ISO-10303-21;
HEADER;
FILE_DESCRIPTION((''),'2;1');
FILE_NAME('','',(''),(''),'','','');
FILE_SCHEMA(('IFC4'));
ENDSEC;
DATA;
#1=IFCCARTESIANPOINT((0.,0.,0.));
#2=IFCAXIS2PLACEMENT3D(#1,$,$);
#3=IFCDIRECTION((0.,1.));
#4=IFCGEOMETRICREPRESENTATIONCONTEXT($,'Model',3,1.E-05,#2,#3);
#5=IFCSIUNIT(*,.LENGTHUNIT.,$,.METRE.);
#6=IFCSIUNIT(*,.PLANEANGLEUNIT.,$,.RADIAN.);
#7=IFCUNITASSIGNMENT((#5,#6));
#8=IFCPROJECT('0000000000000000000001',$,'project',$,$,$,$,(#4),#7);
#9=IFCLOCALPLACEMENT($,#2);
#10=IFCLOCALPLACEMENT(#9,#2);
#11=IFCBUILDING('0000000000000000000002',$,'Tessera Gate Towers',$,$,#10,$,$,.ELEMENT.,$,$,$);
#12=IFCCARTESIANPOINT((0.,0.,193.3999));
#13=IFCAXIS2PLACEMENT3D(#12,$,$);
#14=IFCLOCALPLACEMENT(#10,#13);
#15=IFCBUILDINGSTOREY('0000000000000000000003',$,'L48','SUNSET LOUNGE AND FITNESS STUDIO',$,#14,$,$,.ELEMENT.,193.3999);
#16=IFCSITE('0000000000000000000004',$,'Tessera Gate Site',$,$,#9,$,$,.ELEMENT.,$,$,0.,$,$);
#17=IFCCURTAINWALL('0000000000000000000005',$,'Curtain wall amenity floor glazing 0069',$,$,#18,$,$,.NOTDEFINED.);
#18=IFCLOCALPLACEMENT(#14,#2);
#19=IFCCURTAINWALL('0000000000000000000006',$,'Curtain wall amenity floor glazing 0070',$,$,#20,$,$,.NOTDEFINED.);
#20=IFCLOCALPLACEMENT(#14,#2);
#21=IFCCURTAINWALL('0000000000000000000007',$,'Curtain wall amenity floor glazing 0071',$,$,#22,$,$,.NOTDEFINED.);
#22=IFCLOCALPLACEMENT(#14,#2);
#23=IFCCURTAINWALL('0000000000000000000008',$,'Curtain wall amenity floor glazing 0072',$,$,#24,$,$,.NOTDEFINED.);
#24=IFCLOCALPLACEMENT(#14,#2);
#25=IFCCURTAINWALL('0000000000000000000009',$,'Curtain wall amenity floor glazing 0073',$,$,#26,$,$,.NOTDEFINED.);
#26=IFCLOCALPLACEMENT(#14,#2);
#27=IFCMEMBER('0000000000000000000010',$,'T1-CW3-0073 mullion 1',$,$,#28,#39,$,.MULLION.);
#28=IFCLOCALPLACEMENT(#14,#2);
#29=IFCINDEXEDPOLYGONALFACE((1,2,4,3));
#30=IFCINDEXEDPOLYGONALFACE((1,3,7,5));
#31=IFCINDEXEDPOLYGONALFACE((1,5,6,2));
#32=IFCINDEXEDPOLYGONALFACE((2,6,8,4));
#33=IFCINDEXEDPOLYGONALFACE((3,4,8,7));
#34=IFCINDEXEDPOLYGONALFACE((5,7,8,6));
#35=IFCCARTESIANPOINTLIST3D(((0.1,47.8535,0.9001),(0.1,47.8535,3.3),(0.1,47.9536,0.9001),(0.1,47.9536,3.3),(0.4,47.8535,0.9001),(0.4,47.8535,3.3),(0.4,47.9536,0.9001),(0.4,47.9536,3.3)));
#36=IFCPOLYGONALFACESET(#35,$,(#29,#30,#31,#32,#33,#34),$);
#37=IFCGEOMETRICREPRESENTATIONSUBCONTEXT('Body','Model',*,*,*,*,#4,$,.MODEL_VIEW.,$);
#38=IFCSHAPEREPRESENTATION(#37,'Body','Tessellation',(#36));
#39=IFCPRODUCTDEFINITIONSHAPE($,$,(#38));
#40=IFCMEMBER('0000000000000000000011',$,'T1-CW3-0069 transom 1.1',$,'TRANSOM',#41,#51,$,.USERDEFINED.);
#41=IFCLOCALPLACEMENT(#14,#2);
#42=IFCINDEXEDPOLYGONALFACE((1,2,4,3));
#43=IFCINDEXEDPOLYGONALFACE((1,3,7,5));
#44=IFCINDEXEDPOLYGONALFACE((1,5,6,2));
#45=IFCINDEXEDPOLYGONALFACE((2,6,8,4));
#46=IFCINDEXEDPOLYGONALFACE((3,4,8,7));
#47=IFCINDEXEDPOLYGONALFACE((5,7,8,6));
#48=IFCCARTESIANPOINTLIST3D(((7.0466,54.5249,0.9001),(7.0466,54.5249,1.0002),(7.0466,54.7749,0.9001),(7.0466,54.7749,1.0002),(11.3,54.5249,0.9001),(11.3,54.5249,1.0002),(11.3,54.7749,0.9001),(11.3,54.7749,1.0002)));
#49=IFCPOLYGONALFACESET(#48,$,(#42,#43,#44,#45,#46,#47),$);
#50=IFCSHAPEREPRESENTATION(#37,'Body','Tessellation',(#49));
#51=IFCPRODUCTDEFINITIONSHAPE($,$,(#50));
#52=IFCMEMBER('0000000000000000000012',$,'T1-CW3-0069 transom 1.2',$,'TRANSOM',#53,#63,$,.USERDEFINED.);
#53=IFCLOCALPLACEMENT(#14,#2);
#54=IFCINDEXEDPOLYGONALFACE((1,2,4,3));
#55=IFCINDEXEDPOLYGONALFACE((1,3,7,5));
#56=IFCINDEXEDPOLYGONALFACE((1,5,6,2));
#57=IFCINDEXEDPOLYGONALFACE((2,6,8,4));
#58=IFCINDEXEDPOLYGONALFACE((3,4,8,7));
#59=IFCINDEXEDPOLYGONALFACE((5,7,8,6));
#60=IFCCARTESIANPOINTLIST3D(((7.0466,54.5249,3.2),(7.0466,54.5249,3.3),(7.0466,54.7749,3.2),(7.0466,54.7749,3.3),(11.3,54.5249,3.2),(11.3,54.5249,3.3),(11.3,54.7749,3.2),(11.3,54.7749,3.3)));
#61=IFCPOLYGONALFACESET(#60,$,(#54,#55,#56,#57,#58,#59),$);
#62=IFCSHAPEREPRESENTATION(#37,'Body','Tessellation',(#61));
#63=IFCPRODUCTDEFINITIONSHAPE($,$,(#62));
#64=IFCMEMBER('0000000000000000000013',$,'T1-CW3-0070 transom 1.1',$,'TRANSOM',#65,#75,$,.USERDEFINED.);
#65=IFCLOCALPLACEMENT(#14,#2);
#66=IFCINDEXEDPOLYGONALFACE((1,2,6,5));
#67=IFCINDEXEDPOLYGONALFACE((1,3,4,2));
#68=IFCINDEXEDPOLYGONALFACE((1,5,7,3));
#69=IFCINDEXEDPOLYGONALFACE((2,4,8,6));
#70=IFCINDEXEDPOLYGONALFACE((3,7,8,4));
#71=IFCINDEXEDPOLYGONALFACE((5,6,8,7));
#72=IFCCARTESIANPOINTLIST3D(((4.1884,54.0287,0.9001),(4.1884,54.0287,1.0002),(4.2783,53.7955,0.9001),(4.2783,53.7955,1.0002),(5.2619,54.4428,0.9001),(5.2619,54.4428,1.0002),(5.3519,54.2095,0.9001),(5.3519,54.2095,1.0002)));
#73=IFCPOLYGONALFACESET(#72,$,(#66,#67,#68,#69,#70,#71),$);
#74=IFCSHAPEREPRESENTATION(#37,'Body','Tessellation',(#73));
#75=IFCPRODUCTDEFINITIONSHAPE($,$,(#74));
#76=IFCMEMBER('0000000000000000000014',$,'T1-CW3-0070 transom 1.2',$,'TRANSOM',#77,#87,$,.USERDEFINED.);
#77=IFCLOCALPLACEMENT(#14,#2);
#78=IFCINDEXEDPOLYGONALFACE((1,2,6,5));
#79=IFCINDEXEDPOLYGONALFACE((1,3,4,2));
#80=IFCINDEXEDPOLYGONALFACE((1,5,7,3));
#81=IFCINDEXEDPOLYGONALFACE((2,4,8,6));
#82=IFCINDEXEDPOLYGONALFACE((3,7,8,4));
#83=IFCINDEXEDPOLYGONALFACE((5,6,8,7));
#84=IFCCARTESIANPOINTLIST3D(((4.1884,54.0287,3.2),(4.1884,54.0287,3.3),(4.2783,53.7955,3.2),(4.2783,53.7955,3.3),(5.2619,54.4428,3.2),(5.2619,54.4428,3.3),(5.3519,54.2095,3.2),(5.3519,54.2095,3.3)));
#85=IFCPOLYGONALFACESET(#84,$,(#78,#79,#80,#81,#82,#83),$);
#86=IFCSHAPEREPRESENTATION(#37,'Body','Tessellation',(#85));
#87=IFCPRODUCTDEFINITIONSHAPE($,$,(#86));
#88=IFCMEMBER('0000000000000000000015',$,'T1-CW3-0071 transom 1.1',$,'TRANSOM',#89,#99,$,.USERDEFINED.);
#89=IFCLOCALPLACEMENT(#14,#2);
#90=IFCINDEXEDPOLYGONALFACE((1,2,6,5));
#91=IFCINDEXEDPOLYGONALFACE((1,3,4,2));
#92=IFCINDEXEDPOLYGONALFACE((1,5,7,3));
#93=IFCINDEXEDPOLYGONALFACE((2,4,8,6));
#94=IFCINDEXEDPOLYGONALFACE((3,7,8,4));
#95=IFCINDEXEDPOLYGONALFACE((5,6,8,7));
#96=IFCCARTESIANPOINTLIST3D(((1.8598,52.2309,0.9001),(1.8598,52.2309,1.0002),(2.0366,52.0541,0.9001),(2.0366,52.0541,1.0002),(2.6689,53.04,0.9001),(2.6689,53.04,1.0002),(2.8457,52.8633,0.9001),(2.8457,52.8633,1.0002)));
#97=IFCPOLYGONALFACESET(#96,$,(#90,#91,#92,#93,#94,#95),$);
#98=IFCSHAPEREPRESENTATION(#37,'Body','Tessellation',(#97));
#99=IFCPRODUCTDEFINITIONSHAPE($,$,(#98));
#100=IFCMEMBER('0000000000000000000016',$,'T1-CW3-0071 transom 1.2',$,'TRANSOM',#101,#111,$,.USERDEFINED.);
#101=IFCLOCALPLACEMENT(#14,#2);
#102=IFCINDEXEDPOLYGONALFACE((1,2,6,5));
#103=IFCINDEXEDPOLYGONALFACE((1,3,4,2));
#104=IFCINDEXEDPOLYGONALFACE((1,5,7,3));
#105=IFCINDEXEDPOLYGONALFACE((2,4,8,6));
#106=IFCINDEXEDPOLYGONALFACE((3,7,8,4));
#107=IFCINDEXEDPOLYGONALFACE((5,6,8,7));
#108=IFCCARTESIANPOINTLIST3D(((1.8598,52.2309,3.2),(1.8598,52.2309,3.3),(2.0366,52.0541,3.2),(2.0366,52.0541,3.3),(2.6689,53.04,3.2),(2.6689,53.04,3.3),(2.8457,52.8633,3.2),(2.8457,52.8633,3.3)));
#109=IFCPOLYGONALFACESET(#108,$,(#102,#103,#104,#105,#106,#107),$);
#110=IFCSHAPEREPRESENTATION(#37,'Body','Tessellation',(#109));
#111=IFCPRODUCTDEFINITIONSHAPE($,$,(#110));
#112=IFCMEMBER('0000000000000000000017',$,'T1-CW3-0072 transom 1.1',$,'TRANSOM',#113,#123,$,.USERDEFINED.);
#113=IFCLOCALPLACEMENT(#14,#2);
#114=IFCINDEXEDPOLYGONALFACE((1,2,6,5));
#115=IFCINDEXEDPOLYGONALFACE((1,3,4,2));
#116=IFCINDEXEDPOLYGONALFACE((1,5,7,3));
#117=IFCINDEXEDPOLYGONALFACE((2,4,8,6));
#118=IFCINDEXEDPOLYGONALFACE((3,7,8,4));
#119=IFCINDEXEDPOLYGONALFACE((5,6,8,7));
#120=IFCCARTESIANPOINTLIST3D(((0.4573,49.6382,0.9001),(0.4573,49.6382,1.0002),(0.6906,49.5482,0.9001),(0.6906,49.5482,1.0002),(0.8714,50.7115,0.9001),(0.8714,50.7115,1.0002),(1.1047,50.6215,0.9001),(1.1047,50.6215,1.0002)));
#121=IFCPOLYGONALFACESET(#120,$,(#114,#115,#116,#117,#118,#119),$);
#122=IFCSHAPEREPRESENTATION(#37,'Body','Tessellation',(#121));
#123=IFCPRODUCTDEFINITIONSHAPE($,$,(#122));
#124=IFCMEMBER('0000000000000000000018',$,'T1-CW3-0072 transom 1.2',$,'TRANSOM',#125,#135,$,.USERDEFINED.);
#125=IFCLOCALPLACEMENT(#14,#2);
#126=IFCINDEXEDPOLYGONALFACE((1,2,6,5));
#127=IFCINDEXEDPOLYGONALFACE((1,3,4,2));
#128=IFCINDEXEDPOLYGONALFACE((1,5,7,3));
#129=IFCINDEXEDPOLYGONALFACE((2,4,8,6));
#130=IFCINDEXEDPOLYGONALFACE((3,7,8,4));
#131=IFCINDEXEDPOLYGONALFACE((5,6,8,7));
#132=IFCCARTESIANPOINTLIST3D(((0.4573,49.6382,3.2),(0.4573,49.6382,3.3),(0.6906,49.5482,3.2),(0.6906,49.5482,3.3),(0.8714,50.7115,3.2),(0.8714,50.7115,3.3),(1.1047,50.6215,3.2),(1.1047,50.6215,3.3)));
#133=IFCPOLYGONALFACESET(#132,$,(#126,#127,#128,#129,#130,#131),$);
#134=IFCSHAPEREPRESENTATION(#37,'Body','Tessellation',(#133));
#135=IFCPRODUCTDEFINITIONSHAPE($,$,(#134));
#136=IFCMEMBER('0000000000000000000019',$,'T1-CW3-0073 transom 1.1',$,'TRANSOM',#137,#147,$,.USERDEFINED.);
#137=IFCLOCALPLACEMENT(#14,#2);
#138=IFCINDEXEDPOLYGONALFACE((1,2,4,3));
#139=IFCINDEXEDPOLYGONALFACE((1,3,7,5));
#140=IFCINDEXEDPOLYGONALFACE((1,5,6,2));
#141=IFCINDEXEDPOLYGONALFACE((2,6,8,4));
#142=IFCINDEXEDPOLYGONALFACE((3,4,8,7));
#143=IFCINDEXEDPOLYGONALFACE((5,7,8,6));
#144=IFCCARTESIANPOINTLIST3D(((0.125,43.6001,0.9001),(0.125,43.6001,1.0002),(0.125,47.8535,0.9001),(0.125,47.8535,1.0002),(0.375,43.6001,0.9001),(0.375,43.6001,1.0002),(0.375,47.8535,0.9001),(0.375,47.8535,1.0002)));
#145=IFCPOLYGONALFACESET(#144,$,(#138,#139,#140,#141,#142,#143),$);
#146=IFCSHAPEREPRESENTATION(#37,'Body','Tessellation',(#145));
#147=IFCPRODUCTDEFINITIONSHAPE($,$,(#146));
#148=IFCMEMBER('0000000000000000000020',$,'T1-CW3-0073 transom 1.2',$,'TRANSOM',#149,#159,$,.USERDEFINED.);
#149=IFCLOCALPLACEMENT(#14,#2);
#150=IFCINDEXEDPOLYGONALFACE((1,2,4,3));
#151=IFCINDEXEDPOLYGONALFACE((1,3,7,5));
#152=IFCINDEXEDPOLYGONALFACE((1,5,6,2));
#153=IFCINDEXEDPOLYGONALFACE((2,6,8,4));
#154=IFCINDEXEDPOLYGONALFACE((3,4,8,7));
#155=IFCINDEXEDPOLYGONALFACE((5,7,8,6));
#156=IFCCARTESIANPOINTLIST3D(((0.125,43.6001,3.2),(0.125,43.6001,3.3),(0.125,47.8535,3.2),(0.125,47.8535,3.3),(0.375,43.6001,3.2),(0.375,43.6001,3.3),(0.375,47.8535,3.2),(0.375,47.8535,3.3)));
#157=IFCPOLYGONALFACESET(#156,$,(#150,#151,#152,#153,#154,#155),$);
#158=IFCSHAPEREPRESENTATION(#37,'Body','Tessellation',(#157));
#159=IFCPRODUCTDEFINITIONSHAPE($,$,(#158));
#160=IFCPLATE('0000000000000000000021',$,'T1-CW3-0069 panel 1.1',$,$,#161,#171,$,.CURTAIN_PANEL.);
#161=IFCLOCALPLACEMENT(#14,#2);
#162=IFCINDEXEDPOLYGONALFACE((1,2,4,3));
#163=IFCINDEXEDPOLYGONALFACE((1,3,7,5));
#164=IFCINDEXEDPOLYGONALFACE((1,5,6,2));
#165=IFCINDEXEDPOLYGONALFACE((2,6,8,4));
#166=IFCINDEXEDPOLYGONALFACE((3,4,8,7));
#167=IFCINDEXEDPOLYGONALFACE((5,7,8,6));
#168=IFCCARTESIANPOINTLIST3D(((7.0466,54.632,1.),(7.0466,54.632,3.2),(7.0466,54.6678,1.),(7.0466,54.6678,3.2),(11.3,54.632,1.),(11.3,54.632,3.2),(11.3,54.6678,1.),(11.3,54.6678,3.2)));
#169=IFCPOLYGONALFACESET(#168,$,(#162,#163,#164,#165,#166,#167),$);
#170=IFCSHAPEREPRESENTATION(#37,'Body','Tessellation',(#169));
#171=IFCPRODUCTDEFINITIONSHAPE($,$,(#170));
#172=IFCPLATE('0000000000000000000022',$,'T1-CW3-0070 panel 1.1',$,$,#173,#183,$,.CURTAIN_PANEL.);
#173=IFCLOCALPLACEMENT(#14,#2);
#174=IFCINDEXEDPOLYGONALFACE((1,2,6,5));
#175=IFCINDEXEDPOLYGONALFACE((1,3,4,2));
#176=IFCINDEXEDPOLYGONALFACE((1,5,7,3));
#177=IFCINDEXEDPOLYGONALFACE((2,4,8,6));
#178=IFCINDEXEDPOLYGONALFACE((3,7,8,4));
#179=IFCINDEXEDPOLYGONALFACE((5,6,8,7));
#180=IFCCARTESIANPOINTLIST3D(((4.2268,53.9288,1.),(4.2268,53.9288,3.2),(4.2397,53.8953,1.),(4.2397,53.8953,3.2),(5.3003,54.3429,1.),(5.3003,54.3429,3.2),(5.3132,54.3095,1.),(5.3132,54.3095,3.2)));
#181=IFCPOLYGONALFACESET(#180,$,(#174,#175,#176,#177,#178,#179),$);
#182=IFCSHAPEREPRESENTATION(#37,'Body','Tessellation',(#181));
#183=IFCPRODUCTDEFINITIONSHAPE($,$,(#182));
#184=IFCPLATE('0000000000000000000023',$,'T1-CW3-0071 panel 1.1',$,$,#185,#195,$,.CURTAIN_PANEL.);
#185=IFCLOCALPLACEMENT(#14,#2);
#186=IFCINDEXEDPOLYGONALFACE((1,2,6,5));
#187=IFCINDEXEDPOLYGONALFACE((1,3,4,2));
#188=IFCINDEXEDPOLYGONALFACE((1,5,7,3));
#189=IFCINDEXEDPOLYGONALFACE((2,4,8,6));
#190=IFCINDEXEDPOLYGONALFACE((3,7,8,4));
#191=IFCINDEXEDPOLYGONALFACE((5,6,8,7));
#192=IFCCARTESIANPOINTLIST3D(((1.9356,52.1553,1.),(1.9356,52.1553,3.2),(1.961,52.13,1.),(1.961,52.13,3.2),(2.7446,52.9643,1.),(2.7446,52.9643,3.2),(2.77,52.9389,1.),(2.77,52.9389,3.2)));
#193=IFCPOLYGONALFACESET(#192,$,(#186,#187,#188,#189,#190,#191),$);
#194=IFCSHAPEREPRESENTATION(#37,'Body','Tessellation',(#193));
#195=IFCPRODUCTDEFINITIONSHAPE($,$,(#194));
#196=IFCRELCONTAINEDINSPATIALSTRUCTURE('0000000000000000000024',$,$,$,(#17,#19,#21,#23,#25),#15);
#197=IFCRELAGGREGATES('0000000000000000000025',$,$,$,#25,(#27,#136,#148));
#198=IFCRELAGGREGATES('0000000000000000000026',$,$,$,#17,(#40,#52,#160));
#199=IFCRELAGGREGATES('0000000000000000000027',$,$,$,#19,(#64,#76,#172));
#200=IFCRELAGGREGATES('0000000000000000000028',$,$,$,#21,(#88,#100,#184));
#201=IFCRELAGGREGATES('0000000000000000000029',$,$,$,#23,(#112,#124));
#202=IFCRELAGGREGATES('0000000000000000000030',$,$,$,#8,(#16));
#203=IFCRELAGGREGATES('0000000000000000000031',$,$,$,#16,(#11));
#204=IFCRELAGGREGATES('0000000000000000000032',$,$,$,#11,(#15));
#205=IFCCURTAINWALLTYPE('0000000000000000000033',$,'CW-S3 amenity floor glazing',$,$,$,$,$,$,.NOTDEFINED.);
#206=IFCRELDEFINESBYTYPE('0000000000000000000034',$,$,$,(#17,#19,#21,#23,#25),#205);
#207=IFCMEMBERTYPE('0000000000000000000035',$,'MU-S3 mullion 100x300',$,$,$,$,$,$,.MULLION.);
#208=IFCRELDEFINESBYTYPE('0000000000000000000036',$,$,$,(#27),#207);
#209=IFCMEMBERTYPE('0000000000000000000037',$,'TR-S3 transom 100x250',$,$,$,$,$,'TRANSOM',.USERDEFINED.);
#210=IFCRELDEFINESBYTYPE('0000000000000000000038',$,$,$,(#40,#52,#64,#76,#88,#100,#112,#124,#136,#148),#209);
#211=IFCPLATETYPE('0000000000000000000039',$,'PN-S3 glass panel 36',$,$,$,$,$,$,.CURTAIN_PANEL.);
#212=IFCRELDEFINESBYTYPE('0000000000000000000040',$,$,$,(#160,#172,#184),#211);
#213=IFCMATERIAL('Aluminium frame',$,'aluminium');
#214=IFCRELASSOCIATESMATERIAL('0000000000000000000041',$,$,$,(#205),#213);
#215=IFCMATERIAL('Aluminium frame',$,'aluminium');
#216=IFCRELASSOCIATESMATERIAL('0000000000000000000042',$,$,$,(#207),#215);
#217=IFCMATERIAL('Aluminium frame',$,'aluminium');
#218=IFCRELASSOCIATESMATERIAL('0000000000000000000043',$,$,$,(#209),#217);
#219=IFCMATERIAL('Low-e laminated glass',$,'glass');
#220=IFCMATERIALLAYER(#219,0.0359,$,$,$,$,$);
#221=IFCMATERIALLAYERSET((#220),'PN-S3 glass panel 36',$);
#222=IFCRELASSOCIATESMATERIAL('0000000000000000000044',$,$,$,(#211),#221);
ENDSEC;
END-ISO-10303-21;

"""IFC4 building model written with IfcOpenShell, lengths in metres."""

from ifc_helpers import new_model, si_unit, direction, frame, origin, origin_2d, place, context, subcontext, project, spatial, rectangle, extrude, material, layer, layer_set, material_profile, profile_set, type_object, element, aggregate, save


model = new_model("IFC4")

# Units and contexts
model_context = context("Model", 3, precision=1e-05, world=origin(), true_north=direction((0.0, 1.0)))
body_context = subcontext(model_context, "Body", "Model", "MODEL_VIEW")
ifc_project = project(units=[si_unit("LENGTHUNIT", "METRE"), si_unit("PLANEANGLEUNIT", "RADIAN")], contexts=[model_context])

# Site, building, storey
site_placement = place(None, origin())
site = spatial("IfcSite", under=ifc_project, at=site_placement, Name="Tessera Gate Site", CompositionType="ELEMENT", RefElevation=0.0)
building_placement = place(site_placement, origin())
building = spatial("IfcBuilding", under=site, at=building_placement, Name="Tessera Gate Towers", CompositionType="ELEMENT")
storey_placement = place(building_placement, frame((0.0, 0.0, 193.3999)))
storey = spatial("IfcBuildingStorey", under=building, at=storey_placement, Name="L48", Description="SUNSET LOUNGE AND FITNESS STUDIO", CompositionType="ELEMENT", Elevation=193.3999)

# Curtain walls
ifc_material_1 = material(Name="Aluminium frame", Category="aluminium")
curtain_wall_type = type_object("IfcCurtainWallType", Name="CW-S3 amenity floor glazing", PredefinedType="NOTDEFINED", material=ifc_material_1)
curtain_wall_1_placement = place(storey_placement, origin())
curtain_wall_1 = element("IfcCurtainWall", 1, at=curtain_wall_1_placement, inside=storey, type_object=curtain_wall_type, Name="Curtain wall amenity floor glazing 0069", PredefinedType="NOTDEFINED")
ifc_material_2 = material(Name="Aluminium frame", Category="aluminium")
ifc_material_profile_1 = material_profile(ifc_material_2, rectangle(XDim=0.1001, YDim=0.3, at=origin_2d()), Name="AL 100x300")
ifc_profile_set_1 = profile_set([ifc_material_profile_1], Name="Aluminium frame")
member_type_1 = type_object("IfcMemberType", Name="MU-S3 mullion 100x300", PredefinedType="MULLION", material=ifc_profile_set_1)
curtain_wall_2_placement = place(storey_placement, origin())
curtain_wall_2 = element("IfcCurtainWall", 2, at=curtain_wall_2_placement, inside=storey, type_object=curtain_wall_type, Name="Curtain wall amenity floor glazing 0070", PredefinedType="NOTDEFINED")
curtain_wall_3_placement = place(storey_placement, origin())
curtain_wall_3 = element("IfcCurtainWall", 3, at=curtain_wall_3_placement, inside=storey, type_object=curtain_wall_type, Name="Curtain wall amenity floor glazing 0071", PredefinedType="NOTDEFINED")
curtain_wall_4_placement = place(storey_placement, origin())
curtain_wall_4 = element("IfcCurtainWall", 4, at=curtain_wall_4_placement, inside=storey, type_object=curtain_wall_type, Name="Curtain wall amenity floor glazing 0072", PredefinedType="NOTDEFINED")

# Curtain wall, member
curtain_wall_5_placement = place(storey_placement, origin())
curtain_wall_5 = element("IfcCurtainWall", 5, at=curtain_wall_5_placement, inside=storey, type_object=curtain_wall_type, Name="Curtain wall amenity floor glazing 0073", PredefinedType="NOTDEFINED")
member_1_placement = place(storey_placement, frame((0.25, 47.9036, 0.9001), z_axis=(0.0, 0.0, 1.0), x_axis=(0.0, -1.0, 0.0)))
member_1 = element("IfcMember", 6, at=member_1_placement, type_object=member_type_1, Name="T1-CW3-0073 mullion 1", PredefinedType="MULLION", context=body_context, shape_type="SweptSolid", body=[
    extrude(rectangle(XDim=0.1001, YDim=0.3, at=origin_2d()), origin(), (0.0, 0.0, 1.0), 2.3999),
])

# Members
ifc_material_3 = material(Name="Aluminium frame", Category="aluminium")
ifc_material_profile_2 = material_profile(ifc_material_3, rectangle(XDim=0.25, YDim=0.1001, at=origin_2d()), Name="AL 100x250")
ifc_profile_set_2 = profile_set([ifc_material_profile_2], Name="Aluminium frame")
member_type_2 = type_object("IfcMemberType", Name="TR-S3 transom 100x250", ElementType="TRANSOM", PredefinedType="USERDEFINED", material=ifc_profile_set_2)
member_2_placement = place(storey_placement, frame((11.3, 54.6499, 0.9502), z_axis=(-1.0, 0.0, 0.0), x_axis=(0.0, -1.0, 0.0)))
member_2 = element("IfcMember", 7, at=member_2_placement, type_object=member_type_2, Name="T1-CW3-0069 transom 1.1", ObjectType="TRANSOM", PredefinedType="USERDEFINED", context=body_context, shape_type="SweptSolid", body=[
    extrude(rectangle(XDim=0.25, YDim=0.1001, at=origin_2d()), origin(), (0.0, 0.0, 1.0), 4.2534),
])
member_3_placement = place(storey_placement, frame((11.3, 54.6499, 3.25), z_axis=(-1.0, 0.0, 0.0), x_axis=(0.0, -1.0, 0.0)))
member_3 = element("IfcMember", 8, at=member_3_placement, type_object=member_type_2, Name="T1-CW3-0069 transom 1.2", ObjectType="TRANSOM", PredefinedType="USERDEFINED", context=body_context, shape_type="SweptSolid", body=[
    extrude(rectangle(XDim=0.25, YDim=0.1001, at=origin_2d()), origin(), (0.0, 0.0, 1.0), 4.2534),
])
member_4_placement = place(storey_placement, frame((5.3069, 54.3262, 0.9502), z_axis=(-0.933001, -0.359875, 0.0), x_axis=(0.359875, -0.933001, 0.0)))
member_4 = element("IfcMember", 9, at=member_4_placement, type_object=member_type_2, Name="T1-CW3-0070 transom 1.1", ObjectType="TRANSOM", PredefinedType="USERDEFINED", context=body_context, shape_type="SweptSolid", body=[
    extrude(rectangle(XDim=0.25, YDim=0.1001, at=origin_2d()), origin(), (0.0, 0.0, 1.0), 1.1506),
])
member_5_placement = place(storey_placement, frame((5.3069, 54.3262, 3.25), z_axis=(-0.933001, -0.359875, 0.0), x_axis=(0.359875, -0.933001, 0.0)))
member_5 = element("IfcMember", 10, at=member_5_placement, type_object=member_type_2, Name="T1-CW3-0070 transom 1.2", ObjectType="TRANSOM", PredefinedType="USERDEFINED", context=body_context, shape_type="SweptSolid", body=[
    extrude(rectangle(XDim=0.25, YDim=0.1001, at=origin_2d()), origin(), (0.0, 0.0, 1.0), 1.1506),
])
member_6_placement = place(storey_placement, frame((2.7573, 52.9517, 0.9502), z_axis=(-0.707107, -0.707107, 0.0), x_axis=(0.707107, -0.707107, 0.0)))
member_6 = element("IfcMember", 11, at=member_6_placement, type_object=member_type_2, Name="T1-CW3-0071 transom 1.1", ObjectType="TRANSOM", PredefinedType="USERDEFINED", context=body_context, shape_type="SweptSolid", body=[
    extrude(rectangle(XDim=0.25, YDim=0.1001, at=origin_2d()), origin(), (0.0, 0.0, 1.0), 1.1443),
])
member_7_placement = place(storey_placement, frame((2.7573, 52.9517, 3.25), z_axis=(-0.707107, -0.707107, 0.0), x_axis=(0.707107, -0.707107, 0.0)))
member_7 = element("IfcMember", 12, at=member_7_placement, type_object=member_type_2, Name="T1-CW3-0071 transom 1.2", ObjectType="TRANSOM", PredefinedType="USERDEFINED", context=body_context, shape_type="SweptSolid", body=[
    extrude(rectangle(XDim=0.25, YDim=0.1001, at=origin_2d()), origin(), (0.0, 0.0, 1.0), 1.1443),
])
member_8_placement = place(storey_placement, frame((0.988, 50.6665, 0.9502), z_axis=(-0.359946, -0.932973, 0.0), x_axis=(0.932973, -0.359946, 0.0)))
member_8 = element("IfcMember", 13, at=member_8_placement, type_object=member_type_2, Name="T1-CW3-0072 transom 1.1", ObjectType="TRANSOM", PredefinedType="USERDEFINED", context=body_context, shape_type="SweptSolid", body=[
    extrude(rectangle(XDim=0.25, YDim=0.1001, at=origin_2d()), origin(), (0.0, 0.0, 1.0), 1.1504),
])
member_9_placement = place(storey_placement, frame((0.988, 50.6665, 3.25), z_axis=(-0.359946, -0.932973, 0.0), x_axis=(0.932973, -0.359946, 0.0)))
member_9 = element("IfcMember", 14, at=member_9_placement, type_object=member_type_2, Name="T1-CW3-0072 transom 1.2", ObjectType="TRANSOM", PredefinedType="USERDEFINED", context=body_context, shape_type="SweptSolid", body=[
    extrude(rectangle(XDim=0.25, YDim=0.1001, at=origin_2d()), origin(), (0.0, 0.0, 1.0), 1.1504),
])
member_10_placement = place(storey_placement, frame((0.25, 47.8535, 0.9502), z_axis=(0.0, -1.0, 0.0), x_axis=(1.0, 0.0, 0.0)))
member_10 = element("IfcMember", 15, at=member_10_placement, type_object=member_type_2, Name="T1-CW3-0073 transom 1.1", ObjectType="TRANSOM", PredefinedType="USERDEFINED", context=body_context, shape_type="SweptSolid", body=[
    extrude(rectangle(XDim=0.25, YDim=0.1001, at=origin_2d()), origin(), (0.0, 0.0, 1.0), 4.2534),
])
member_11_placement = place(storey_placement, frame((0.25, 47.8535, 3.25), z_axis=(0.0, -1.0, 0.0), x_axis=(1.0, 0.0, 0.0)))
member_11 = element("IfcMember", 16, at=member_11_placement, type_object=member_type_2, Name="T1-CW3-0073 transom 1.2", ObjectType="TRANSOM", PredefinedType="USERDEFINED", context=body_context, shape_type="SweptSolid", body=[
    extrude(rectangle(XDim=0.25, YDim=0.1001, at=origin_2d()), origin(), (0.0, 0.0, 1.0), 4.2534),
])
aggregate(curtain_wall_5, [member_1, member_10, member_11])

# Plates
ifc_material_4 = material(Name="Low-e laminated glass", Category="glass")
ifc_layer_1 = layer(ifc_material_4, 0.0359)
ifc_layer_set_1 = layer_set([ifc_layer_1], Name="PN-S3 glass panel 36")
plate_type = type_object("IfcPlateType", Name="PN-S3 glass panel 36", PredefinedType="CURTAIN_PANEL", material=ifc_layer_set_1)
plate_1_placement = place(storey_placement, frame((9.1733, 54.6499, 1.0), z_axis=(0.0, 0.0, 1.0), x_axis=(-1.0, 0.0, 0.0)))
plate_1 = element("IfcPlate", 17, at=plate_1_placement, type_object=plate_type, Name="T1-CW3-0069 panel 1.1", PredefinedType="CURTAIN_PANEL", context=body_context, shape_type="SweptSolid", body=[
    extrude(rectangle(XDim=4.2534, YDim=0.0359, at=origin_2d()), origin(), (0.0, 0.0, 1.0), 2.2),
])
aggregate(curtain_wall_1, [member_2, member_3, plate_1])
plate_2_placement = place(storey_placement, frame((4.77, 54.1191, 1.0), z_axis=(0.0, 0.0, 1.0), x_axis=(-0.932989, -0.359904, 0.0)))
plate_2 = element("IfcPlate", 18, at=plate_2_placement, type_object=plate_type, Name="T1-CW3-0070 panel 1.1", PredefinedType="CURTAIN_PANEL", context=body_context, shape_type="SweptSolid", body=[
    extrude(rectangle(XDim=1.1506, YDim=0.0359, at=origin_2d()), origin(), (0.0, 0.0, 1.0), 2.2),
])
aggregate(curtain_wall_2, [member_4, member_5, plate_2])
plate_3_placement = place(storey_placement, frame((2.3528, 52.5471, 1.0), z_axis=(0.0, 0.0, 1.0), x_axis=(-0.707107, -0.707107, 0.0)))
plate_3 = element("IfcPlate", 19, at=plate_3_placement, type_object=plate_type, Name="T1-CW3-0071 panel 1.1", PredefinedType="CURTAIN_PANEL", context=body_context, shape_type="SweptSolid", body=[
    extrude(rectangle(XDim=1.144, YDim=0.0359, at=origin_2d()), origin(), (0.0, 0.0, 1.0), 2.2),
])
aggregate(curtain_wall_3, [member_6, member_7, plate_3])
aggregate(curtain_wall_4, [member_8, member_9])

save(model, "model.ifc")
